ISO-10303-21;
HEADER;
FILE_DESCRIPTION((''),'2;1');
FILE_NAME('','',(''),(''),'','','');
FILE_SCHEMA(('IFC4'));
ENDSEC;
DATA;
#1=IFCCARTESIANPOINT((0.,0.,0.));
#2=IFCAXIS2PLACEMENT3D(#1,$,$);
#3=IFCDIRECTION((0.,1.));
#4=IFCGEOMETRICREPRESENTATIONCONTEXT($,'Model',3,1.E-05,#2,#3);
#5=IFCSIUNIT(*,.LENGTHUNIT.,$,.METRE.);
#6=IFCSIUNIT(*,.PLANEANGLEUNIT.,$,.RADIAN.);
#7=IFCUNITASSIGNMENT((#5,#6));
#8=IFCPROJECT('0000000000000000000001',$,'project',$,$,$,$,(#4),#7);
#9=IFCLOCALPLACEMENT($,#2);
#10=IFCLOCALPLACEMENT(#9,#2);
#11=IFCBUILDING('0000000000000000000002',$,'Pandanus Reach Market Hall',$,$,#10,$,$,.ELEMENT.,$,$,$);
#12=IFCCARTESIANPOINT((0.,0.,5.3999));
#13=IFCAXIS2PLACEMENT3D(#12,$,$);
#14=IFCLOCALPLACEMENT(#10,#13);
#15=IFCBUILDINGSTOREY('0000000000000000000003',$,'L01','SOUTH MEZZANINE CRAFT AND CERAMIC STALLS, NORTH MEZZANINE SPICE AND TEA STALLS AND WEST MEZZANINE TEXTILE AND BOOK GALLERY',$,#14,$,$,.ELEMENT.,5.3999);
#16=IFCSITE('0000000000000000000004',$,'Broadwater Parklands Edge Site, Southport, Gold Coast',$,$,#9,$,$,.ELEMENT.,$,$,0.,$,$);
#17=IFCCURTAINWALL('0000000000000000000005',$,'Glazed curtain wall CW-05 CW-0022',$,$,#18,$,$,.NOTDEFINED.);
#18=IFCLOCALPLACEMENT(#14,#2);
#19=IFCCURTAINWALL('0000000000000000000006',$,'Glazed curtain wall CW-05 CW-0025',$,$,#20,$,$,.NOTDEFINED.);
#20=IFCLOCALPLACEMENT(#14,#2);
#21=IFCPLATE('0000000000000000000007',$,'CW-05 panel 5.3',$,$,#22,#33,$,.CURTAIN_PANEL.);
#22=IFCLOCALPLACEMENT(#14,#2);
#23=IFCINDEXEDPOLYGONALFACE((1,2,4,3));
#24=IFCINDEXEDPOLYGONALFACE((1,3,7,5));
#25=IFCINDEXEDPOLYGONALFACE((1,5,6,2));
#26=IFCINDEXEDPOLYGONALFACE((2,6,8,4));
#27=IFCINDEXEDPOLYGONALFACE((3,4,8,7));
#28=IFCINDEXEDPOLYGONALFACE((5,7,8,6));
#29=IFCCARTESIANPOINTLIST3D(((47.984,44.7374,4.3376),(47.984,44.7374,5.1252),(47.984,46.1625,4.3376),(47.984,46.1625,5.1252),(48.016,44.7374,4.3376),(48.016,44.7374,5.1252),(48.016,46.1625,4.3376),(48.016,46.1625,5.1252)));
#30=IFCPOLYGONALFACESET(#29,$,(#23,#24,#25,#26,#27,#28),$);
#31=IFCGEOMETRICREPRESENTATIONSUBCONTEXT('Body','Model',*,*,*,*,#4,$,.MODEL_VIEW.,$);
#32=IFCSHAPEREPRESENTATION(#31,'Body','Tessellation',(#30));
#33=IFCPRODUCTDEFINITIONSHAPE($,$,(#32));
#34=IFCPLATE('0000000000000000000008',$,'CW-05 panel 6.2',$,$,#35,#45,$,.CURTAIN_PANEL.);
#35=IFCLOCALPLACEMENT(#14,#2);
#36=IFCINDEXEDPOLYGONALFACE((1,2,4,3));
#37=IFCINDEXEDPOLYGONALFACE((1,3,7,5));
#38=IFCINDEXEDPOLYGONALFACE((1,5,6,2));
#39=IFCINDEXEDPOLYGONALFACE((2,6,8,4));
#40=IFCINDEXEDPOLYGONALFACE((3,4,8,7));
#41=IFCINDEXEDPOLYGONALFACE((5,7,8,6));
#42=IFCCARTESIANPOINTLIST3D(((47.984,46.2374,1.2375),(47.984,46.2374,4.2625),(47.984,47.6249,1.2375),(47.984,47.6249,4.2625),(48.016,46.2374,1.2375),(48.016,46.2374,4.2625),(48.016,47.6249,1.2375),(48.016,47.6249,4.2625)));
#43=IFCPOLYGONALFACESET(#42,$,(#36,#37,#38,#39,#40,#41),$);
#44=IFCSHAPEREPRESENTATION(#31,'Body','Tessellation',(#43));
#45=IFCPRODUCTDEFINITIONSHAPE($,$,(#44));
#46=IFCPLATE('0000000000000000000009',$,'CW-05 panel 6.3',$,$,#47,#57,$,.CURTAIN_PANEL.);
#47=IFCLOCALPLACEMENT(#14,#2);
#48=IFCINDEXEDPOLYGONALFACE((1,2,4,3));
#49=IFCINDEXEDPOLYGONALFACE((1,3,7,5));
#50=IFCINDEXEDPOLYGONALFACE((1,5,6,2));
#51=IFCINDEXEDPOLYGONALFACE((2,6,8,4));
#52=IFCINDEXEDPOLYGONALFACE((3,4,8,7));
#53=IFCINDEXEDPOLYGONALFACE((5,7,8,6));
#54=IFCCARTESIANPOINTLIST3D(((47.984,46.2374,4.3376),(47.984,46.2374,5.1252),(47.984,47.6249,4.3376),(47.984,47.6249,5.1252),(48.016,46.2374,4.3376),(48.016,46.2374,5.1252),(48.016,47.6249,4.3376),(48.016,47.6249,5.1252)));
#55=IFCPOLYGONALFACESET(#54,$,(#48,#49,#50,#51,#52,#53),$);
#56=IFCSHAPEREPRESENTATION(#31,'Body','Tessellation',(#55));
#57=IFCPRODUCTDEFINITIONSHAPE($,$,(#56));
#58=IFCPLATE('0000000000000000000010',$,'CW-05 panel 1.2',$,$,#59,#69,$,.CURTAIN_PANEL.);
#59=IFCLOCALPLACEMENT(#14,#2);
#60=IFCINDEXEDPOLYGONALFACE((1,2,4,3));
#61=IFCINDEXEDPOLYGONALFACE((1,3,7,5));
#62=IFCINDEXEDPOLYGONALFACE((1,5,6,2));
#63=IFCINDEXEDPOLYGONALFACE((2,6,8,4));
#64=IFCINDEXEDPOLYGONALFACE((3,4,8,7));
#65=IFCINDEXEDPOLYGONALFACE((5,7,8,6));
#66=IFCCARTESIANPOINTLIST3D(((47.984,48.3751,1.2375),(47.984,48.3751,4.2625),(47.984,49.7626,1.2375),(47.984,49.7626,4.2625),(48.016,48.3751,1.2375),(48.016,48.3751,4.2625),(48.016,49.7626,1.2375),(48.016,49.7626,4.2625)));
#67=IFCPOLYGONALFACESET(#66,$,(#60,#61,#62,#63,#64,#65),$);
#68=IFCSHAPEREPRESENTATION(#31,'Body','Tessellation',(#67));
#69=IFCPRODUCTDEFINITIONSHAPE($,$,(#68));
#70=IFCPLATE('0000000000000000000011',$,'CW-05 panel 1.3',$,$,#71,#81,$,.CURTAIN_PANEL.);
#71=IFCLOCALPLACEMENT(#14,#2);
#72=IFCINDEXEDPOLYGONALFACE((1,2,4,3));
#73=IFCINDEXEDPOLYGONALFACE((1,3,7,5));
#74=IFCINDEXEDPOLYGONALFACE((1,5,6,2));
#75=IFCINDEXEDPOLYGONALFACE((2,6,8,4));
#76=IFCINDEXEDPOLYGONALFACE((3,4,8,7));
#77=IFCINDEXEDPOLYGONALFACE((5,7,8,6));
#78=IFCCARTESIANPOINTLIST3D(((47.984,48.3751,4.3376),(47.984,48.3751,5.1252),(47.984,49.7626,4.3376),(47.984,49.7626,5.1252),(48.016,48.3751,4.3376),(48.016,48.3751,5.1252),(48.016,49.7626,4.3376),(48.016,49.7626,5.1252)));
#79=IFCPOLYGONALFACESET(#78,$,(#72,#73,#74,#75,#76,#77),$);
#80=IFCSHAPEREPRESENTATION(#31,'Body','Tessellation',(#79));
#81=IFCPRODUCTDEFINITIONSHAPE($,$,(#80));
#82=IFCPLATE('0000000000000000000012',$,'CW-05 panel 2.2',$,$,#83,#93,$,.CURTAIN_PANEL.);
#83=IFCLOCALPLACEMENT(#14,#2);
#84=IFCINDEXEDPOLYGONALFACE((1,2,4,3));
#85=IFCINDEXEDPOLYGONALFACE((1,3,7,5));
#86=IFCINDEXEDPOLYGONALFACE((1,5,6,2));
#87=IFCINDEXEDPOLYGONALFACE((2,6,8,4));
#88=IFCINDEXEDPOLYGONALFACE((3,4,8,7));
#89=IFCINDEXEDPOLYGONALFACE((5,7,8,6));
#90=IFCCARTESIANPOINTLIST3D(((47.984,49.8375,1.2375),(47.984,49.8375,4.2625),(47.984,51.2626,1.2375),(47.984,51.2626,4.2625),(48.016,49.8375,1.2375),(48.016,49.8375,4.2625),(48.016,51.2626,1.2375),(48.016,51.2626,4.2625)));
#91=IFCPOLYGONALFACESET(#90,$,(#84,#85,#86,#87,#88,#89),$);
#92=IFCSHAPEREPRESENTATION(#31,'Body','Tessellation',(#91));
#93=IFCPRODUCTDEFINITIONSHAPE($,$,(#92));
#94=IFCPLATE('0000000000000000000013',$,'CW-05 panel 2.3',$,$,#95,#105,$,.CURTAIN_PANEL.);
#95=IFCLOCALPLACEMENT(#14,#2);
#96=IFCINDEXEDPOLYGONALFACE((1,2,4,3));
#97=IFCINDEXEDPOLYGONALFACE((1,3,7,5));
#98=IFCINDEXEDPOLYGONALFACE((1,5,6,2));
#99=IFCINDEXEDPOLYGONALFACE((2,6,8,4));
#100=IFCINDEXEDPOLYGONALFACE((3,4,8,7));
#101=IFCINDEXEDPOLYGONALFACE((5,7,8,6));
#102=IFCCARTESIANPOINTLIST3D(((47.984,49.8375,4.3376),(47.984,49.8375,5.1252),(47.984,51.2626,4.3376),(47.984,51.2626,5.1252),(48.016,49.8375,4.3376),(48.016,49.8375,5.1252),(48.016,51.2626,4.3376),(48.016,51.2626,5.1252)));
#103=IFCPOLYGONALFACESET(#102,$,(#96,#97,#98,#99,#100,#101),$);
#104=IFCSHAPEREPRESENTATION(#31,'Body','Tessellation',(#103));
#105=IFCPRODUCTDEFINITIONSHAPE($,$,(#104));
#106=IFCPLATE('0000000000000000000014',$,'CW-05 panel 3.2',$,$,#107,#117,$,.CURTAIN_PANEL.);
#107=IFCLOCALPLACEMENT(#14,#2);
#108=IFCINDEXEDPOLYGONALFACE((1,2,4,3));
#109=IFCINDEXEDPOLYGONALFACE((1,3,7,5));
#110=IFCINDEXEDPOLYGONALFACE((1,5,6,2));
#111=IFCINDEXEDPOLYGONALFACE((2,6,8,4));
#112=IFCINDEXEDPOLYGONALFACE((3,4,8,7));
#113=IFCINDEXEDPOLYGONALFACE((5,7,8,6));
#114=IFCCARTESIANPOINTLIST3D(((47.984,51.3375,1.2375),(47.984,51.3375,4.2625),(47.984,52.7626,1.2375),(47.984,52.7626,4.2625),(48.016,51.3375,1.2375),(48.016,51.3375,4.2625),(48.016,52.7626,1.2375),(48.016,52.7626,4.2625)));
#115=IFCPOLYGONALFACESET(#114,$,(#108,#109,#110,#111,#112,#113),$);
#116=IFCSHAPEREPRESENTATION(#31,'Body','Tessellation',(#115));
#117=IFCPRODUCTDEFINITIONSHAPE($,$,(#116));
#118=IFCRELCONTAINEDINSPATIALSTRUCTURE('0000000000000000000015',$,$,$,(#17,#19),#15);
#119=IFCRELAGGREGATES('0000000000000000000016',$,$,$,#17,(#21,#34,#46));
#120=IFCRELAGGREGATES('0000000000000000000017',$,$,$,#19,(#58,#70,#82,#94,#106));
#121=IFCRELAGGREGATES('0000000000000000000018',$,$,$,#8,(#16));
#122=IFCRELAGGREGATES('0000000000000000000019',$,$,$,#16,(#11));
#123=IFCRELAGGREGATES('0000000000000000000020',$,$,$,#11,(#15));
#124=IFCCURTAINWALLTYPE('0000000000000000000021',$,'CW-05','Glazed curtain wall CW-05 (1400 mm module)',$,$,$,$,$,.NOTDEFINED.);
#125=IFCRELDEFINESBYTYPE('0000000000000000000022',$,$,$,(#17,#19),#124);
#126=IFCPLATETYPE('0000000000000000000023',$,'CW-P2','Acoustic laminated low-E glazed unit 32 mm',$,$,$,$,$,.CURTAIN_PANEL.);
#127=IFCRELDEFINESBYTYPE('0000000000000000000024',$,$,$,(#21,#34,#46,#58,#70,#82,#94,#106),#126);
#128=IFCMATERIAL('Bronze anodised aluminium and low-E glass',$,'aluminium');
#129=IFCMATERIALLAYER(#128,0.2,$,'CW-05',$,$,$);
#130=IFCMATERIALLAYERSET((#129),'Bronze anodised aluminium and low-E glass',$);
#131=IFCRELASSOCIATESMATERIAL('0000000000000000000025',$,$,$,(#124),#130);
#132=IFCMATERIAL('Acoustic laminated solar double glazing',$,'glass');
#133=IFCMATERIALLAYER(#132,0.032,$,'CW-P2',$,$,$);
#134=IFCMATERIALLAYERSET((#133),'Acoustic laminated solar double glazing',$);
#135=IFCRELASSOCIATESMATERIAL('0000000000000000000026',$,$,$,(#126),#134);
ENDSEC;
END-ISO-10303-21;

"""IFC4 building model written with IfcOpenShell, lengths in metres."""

from ifc_helpers import new_model, si_unit, direction, frame, origin, origin_2d, place, context, subcontext, project, spatial, rectangle, extrude, material, layer, layer_set, type_object, element, aggregate, save


model = new_model("IFC4")

# Units and contexts
model_context = context("Model", 3, precision=1e-05, world=origin(), true_north=direction((0.0, 1.0)))
body_context = subcontext(model_context, "Body", "Model", "MODEL_VIEW")
ifc_project = project(units=[si_unit("LENGTHUNIT", "METRE"), si_unit("PLANEANGLEUNIT", "RADIAN")], contexts=[model_context])

# Site, building, storey
site_placement = place(None, origin())
site = spatial("IfcSite", under=ifc_project, at=site_placement, Name="Broadwater Parklands Edge Site, Southport, Gold Coast", CompositionType="ELEMENT", RefElevation=0.0)
building_placement = place(site_placement, origin())
building = spatial("IfcBuilding", under=site, at=building_placement, Name="Pandanus Reach Market Hall", CompositionType="ELEMENT")
storey_placement = place(building_placement, frame((0.0, 0.0, 5.3999)))
storey = spatial("IfcBuildingStorey", under=building, at=storey_placement, Name="L01", Description="SOUTH MEZZANINE CRAFT AND CERAMIC STALLS, NORTH MEZZANINE SPICE AND TEA STALLS AND WEST MEZZANINE TEXTILE AND BOOK GALLERY", CompositionType="ELEMENT", Elevation=5.3999)

# Curtain walls
ifc_material_1 = material(Name="Bronze anodised aluminium and low-E glass", Category="aluminium")
ifc_layer_1 = layer(ifc_material_1, 0.2, Name="CW-05")
ifc_layer_set_1 = layer_set([ifc_layer_1], Name="Bronze anodised aluminium and low-E glass")
curtain_wall_type = type_object("IfcCurtainWallType", Name="CW-05", Description="Glazed curtain wall CW-05 (1400 mm module)", PredefinedType="NOTDEFINED", material=ifc_layer_set_1)
curtain_wall_1_placement = place(storey_placement, origin())
curtain_wall_1 = element("IfcCurtainWall", 1, at=curtain_wall_1_placement, inside=storey, type_object=curtain_wall_type, Name="Glazed curtain wall CW-05 CW-0022", PredefinedType="NOTDEFINED")
curtain_wall_2_placement = place(storey_placement, origin())
curtain_wall_2 = element("IfcCurtainWall", 2, at=curtain_wall_2_placement, inside=storey, type_object=curtain_wall_type, Name="Glazed curtain wall CW-05 CW-0025", PredefinedType="NOTDEFINED")

# Plates
ifc_material_2 = material(Name="Acoustic laminated solar double glazing", Category="glass")
ifc_layer_2 = layer(ifc_material_2, 0.032, Name="CW-P2")
ifc_layer_set_2 = layer_set([ifc_layer_2], Name="Acoustic laminated solar double glazing")
plate_type = type_object("IfcPlateType", Name="CW-P2", Description="Acoustic laminated low-E glazed unit 32 mm", PredefinedType="CURTAIN_PANEL", material=ifc_layer_set_2)
plate_1_placement = place(storey_placement, frame((48.0, 45.45, 4.3376), z_axis=(0.0, 0.0, 1.0), x_axis=(0.0, 1.0, 0.0)))
plate_1 = element("IfcPlate", 3, at=plate_1_placement, type_object=plate_type, Name="CW-05 panel 5.3", PredefinedType="CURTAIN_PANEL", context=body_context, shape_type="SweptSolid", body=[
    extrude(rectangle(XDim=1.425, YDim=0.032, at=origin_2d()), origin(), (0.0, 0.0, 1.0), 0.7876),
])
plate_2_placement = place(storey_placement, frame((48.0, 46.9312, 1.2375), z_axis=(0.0, 0.0, 1.0), x_axis=(0.0, 1.0, 0.0)))
plate_2 = element("IfcPlate", 4, at=plate_2_placement, type_object=plate_type, Name="CW-05 panel 6.2", PredefinedType="CURTAIN_PANEL", context=body_context, shape_type="SweptSolid", body=[
    extrude(rectangle(XDim=1.3875, YDim=0.032, at=origin_2d()), origin(), (0.0, 0.0, 1.0), 3.0249),
])
plate_3_placement = place(storey_placement, frame((48.0, 46.9312, 4.3376), z_axis=(0.0, 0.0, 1.0), x_axis=(0.0, 1.0, 0.0)))
plate_3 = element("IfcPlate", 5, at=plate_3_placement, type_object=plate_type, Name="CW-05 panel 6.3", PredefinedType="CURTAIN_PANEL", context=body_context, shape_type="SweptSolid", body=[
    extrude(rectangle(XDim=1.3875, YDim=0.032, at=origin_2d()), origin(), (0.0, 0.0, 1.0), 0.7876),
])
aggregate(curtain_wall_1, [plate_1, plate_2, plate_3])
plate_4_placement = place(storey_placement, frame((48.0, 49.0688, 1.2375), z_axis=(0.0, 0.0, 1.0), x_axis=(0.0, 1.0, 0.0)))
plate_4 = element("IfcPlate", 6, at=plate_4_placement, type_object=plate_type, Name="CW-05 panel 1.2", PredefinedType="CURTAIN_PANEL", context=body_context, shape_type="SweptSolid", body=[
    extrude(rectangle(XDim=1.3875, YDim=0.032, at=origin_2d()), origin(), (0.0, 0.0, 1.0), 3.0249),
])
plate_5_placement = place(storey_placement, frame((48.0, 49.0688, 4.3376), z_axis=(0.0, 0.0, 1.0), x_axis=(0.0, 1.0, 0.0)))
plate_5 = element("IfcPlate", 7, at=plate_5_placement, type_object=plate_type, Name="CW-05 panel 1.3", PredefinedType="CURTAIN_PANEL", context=body_context, shape_type="SweptSolid", body=[
    extrude(rectangle(XDim=1.3875, YDim=0.032, at=origin_2d()), origin(), (0.0, 0.0, 1.0), 0.7876),
])
plate_6_placement = place(storey_placement, frame((48.0, 50.55, 1.2375), z_axis=(0.0, 0.0, 1.0), x_axis=(0.0, 1.0, 0.0)))
plate_6 = element("IfcPlate", 8, at=plate_6_placement, type_object=plate_type, Name="CW-05 panel 2.2", PredefinedType="CURTAIN_PANEL", context=body_context, shape_type="SweptSolid", body=[
    extrude(rectangle(XDim=1.425, YDim=0.032, at=origin_2d()), origin(), (0.0, 0.0, 1.0), 3.0249),
])
plate_7_placement = place(storey_placement, frame((48.0, 50.55, 4.3376), z_axis=(0.0, 0.0, 1.0), x_axis=(0.0, 1.0, 0.0)))
plate_7 = element("IfcPlate", 9, at=plate_7_placement, type_object=plate_type, Name="CW-05 panel 2.3", PredefinedType="CURTAIN_PANEL", context=body_context, shape_type="SweptSolid", body=[
    extrude(rectangle(XDim=1.425, YDim=0.032, at=origin_2d()), origin(), (0.0, 0.0, 1.0), 0.7876),
])
plate_8_placement = place(storey_placement, frame((48.0, 52.05, 1.2375), z_axis=(0.0, 0.0, 1.0), x_axis=(0.0, 1.0, 0.0)))
plate_8 = element("IfcPlate", 10, at=plate_8_placement, type_object=plate_type, Name="CW-05 panel 3.2", PredefinedType="CURTAIN_PANEL", context=body_context, shape_type="SweptSolid", body=[
    extrude(rectangle(XDim=1.425, YDim=0.032, at=origin_2d()), origin(), (0.0, 0.0, 1.0), 3.0249),
])
aggregate(curtain_wall_2, [plate_4, plate_5, plate_6, plate_7, plate_8])

save(model, "model.ifc")
